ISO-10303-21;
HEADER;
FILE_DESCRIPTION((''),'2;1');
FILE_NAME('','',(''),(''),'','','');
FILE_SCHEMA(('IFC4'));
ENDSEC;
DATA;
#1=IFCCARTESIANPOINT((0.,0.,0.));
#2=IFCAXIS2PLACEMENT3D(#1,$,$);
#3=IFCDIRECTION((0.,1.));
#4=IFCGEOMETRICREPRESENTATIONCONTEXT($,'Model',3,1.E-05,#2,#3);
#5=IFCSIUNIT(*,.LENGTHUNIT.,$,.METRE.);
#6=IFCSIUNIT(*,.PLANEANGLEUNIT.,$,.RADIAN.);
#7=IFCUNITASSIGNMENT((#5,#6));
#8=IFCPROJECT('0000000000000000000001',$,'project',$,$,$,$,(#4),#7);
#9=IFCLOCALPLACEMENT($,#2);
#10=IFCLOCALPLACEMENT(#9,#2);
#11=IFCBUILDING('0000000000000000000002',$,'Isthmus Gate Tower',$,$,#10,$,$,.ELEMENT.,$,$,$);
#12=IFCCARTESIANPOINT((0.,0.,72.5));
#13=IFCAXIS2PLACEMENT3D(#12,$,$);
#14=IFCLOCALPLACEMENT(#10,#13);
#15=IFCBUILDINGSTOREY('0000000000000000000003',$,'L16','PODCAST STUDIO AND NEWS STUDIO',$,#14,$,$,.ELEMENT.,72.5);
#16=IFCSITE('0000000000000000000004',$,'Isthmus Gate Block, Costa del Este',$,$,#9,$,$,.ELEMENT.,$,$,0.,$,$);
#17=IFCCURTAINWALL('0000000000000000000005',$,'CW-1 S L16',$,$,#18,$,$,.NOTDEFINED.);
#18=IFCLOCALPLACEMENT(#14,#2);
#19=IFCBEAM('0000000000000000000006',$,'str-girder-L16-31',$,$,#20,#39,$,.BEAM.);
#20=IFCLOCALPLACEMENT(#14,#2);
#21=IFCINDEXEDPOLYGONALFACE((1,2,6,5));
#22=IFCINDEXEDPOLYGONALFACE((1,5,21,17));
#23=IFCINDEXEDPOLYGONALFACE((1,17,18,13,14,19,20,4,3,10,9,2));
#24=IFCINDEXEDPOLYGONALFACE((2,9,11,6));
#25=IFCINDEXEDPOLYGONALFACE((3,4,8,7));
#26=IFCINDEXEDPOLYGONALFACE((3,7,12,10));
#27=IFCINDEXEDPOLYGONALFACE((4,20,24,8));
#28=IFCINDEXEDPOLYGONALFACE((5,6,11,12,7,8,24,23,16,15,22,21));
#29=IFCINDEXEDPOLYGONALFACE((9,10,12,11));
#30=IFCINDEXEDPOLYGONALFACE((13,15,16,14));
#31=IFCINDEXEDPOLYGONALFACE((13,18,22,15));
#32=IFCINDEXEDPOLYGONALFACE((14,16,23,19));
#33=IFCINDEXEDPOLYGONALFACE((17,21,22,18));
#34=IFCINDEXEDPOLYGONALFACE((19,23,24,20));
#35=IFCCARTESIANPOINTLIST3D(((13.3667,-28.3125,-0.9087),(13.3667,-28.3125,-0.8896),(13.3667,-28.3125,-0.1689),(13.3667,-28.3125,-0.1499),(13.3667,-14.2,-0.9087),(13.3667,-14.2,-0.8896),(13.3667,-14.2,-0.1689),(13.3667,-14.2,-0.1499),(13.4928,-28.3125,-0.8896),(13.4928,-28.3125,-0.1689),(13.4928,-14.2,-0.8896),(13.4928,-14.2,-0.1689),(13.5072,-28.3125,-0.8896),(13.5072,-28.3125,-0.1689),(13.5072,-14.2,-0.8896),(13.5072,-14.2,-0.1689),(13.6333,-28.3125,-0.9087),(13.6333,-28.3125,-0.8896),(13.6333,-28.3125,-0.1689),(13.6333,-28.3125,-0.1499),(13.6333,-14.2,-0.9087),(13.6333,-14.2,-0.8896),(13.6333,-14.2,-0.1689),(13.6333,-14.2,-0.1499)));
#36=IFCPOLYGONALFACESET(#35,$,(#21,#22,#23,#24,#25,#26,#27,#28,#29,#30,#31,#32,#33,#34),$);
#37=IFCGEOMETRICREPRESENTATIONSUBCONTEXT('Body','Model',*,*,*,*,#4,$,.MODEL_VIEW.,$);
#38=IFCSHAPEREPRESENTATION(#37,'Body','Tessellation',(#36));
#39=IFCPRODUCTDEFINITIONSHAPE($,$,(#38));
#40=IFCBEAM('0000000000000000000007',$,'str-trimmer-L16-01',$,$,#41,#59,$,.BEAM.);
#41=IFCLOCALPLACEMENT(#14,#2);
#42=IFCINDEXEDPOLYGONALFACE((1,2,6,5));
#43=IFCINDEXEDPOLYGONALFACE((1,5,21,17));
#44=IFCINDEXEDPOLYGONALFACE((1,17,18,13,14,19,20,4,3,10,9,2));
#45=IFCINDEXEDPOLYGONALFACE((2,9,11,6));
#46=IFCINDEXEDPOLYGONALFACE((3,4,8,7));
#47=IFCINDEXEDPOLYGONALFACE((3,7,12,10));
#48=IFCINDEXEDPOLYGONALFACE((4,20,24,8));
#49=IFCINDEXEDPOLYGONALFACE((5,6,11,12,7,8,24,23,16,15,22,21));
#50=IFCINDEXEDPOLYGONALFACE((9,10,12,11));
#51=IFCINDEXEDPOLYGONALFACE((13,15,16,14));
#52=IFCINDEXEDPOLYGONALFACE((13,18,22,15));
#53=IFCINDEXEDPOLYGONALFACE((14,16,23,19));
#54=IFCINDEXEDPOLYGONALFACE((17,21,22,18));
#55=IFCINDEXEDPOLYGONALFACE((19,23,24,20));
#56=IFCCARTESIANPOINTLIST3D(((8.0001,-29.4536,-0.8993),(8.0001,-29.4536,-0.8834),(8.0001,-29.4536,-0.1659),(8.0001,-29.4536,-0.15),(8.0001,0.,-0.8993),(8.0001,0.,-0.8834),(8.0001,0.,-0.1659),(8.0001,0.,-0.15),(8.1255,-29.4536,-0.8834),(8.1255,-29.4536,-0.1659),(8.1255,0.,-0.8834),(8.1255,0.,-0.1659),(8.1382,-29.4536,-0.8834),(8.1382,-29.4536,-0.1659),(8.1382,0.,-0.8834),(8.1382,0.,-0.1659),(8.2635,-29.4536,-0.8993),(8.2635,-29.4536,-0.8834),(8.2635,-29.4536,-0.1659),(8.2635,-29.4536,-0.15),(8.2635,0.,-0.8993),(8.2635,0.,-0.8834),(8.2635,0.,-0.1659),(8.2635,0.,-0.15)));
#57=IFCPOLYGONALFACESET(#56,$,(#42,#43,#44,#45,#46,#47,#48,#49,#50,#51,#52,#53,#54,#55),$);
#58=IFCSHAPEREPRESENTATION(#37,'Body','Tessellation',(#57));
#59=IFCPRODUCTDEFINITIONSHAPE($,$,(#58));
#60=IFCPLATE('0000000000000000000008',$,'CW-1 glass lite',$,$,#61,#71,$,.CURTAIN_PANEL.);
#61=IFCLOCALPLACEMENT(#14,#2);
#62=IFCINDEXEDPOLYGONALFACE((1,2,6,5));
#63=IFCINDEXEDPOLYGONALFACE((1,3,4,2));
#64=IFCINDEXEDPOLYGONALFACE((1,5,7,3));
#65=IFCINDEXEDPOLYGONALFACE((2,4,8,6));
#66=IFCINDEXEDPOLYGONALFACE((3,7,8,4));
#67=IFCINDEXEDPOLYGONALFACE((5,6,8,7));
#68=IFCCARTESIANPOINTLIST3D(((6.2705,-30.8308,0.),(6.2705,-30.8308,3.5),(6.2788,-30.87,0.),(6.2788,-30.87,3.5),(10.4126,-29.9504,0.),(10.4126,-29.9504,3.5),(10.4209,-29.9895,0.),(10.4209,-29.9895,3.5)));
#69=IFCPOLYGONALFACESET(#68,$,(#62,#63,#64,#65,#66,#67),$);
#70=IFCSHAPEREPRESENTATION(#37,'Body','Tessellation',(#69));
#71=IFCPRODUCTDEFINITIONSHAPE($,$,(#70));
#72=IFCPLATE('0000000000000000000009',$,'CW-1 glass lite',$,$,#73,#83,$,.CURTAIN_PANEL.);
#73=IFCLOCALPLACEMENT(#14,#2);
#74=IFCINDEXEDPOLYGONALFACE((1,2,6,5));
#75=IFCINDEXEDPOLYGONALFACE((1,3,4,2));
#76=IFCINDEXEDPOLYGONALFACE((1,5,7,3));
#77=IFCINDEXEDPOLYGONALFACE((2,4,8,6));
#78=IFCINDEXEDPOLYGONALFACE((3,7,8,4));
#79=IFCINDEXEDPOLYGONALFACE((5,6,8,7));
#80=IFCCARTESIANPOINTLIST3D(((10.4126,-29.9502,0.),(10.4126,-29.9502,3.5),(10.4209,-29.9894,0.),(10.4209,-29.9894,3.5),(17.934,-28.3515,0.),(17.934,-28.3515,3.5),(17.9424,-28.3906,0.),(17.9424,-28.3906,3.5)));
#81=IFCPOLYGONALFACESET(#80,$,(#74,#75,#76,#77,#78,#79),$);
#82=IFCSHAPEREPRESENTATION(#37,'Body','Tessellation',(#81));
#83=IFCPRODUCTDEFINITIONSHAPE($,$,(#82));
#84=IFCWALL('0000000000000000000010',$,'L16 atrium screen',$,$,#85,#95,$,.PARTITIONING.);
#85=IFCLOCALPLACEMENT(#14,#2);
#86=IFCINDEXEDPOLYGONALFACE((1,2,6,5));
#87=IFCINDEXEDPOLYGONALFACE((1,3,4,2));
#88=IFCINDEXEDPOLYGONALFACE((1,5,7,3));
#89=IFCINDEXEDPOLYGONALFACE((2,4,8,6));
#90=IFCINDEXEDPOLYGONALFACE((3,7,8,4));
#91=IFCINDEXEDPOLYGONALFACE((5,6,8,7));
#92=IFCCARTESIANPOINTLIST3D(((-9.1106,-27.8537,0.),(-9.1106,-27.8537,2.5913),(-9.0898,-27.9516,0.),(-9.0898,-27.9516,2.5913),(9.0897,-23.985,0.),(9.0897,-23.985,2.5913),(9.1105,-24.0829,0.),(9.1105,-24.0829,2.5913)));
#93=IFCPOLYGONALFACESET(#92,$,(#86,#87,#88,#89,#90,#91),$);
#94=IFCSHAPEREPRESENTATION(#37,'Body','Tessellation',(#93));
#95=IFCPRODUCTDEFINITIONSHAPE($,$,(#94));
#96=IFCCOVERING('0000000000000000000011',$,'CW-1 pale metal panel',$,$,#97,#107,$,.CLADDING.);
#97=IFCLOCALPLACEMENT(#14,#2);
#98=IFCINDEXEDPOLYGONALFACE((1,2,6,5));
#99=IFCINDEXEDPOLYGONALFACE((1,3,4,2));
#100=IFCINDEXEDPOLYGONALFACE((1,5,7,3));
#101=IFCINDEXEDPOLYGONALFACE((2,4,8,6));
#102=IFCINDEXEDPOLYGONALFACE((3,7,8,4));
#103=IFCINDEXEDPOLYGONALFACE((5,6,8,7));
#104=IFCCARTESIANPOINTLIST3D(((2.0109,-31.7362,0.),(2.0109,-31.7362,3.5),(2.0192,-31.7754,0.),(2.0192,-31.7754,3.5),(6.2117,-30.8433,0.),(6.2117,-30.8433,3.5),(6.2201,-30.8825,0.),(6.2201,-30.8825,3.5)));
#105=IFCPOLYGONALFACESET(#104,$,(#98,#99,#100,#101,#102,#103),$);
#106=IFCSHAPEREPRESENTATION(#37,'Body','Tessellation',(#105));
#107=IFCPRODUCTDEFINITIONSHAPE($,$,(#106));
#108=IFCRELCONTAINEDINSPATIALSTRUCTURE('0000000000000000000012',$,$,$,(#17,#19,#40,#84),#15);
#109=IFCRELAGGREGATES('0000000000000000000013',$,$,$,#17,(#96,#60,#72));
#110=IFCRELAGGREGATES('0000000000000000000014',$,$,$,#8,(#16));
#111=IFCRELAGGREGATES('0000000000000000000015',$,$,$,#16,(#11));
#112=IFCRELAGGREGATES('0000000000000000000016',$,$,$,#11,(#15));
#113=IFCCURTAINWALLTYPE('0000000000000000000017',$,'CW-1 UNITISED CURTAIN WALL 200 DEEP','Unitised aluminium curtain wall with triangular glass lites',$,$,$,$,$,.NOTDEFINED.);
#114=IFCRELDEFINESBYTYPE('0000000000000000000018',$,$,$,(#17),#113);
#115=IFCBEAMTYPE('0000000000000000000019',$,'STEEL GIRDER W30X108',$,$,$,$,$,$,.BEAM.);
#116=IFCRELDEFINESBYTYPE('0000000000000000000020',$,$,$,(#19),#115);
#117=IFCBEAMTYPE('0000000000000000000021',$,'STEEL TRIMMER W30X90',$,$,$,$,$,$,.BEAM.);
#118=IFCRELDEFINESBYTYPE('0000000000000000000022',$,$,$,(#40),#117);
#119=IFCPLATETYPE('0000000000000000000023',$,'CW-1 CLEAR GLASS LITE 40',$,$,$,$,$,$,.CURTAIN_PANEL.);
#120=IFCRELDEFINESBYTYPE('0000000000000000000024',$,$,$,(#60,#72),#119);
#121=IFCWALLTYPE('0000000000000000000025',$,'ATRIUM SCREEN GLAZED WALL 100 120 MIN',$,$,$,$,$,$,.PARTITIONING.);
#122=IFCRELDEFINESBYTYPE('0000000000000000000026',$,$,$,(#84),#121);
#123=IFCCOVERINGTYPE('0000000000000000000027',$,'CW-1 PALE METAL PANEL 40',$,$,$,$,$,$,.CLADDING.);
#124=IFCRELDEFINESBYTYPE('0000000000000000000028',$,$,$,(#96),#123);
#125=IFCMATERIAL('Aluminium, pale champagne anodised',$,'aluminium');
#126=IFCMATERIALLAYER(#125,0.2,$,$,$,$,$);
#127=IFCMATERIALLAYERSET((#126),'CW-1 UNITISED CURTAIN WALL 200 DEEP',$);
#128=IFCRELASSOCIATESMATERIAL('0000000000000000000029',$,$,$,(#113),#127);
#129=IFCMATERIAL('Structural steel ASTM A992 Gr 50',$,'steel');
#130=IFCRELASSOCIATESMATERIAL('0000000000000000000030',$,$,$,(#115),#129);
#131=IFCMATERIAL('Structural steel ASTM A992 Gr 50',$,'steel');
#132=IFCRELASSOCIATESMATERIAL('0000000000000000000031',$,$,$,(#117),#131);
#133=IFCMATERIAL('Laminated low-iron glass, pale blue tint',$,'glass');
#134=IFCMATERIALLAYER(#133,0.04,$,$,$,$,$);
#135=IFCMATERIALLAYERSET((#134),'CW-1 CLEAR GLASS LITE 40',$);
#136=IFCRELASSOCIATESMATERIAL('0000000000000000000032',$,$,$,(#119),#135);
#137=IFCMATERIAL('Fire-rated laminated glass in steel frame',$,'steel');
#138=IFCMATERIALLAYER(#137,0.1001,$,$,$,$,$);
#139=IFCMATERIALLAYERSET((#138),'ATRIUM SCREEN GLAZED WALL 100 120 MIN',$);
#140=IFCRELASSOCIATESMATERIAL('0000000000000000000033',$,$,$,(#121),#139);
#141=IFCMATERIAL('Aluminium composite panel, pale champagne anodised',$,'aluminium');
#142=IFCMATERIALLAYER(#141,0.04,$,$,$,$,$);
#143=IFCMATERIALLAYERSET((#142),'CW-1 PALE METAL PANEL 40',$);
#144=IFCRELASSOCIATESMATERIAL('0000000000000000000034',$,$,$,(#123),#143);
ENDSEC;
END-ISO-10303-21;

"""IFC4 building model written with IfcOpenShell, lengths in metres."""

from ifc_helpers import new_model, si_unit, direction, frame, frame_2d, origin, origin_2d, place, context, subcontext, project, spatial, rectangle, i_section, extrude, material, layer, layer_set, material_profile, profile_set, type_object, element, aggregate, save


model = new_model("IFC4")

# Units and contexts
model_context = context("Model", 3, precision=1e-05, world=origin(), true_north=direction((0.0, 1.0)))
body_context = subcontext(model_context, "Body", "Model", "MODEL_VIEW")
ifc_project = project(units=[si_unit("LENGTHUNIT", "METRE"), si_unit("PLANEANGLEUNIT", "RADIAN")], contexts=[model_context])

# Site, building, storey
site_placement = place(None, origin())
site = spatial("IfcSite", under=ifc_project, at=site_placement, Name="Isthmus Gate Block, Costa del Este", CompositionType="ELEMENT", RefElevation=0.0)
building_placement = place(site_placement, origin())
building = spatial("IfcBuilding", under=site, at=building_placement, Name="Isthmus Gate Tower", CompositionType="ELEMENT")
storey_placement = place(building_placement, frame((0.0, 0.0, 72.5)))
storey = spatial("IfcBuildingStorey", under=building, at=storey_placement, Name="L16", Description="PODCAST STUDIO AND NEWS STUDIO", CompositionType="ELEMENT", Elevation=72.5)

# Curtain wall
ifc_material_1 = material(Name="Aluminium, pale champagne anodised", Category="aluminium")
ifc_layer_1 = layer(ifc_material_1, 0.2)
ifc_layer_set_1 = layer_set([ifc_layer_1], Name="CW-1 UNITISED CURTAIN WALL 200 DEEP")
curtain_wall_type = type_object("IfcCurtainWallType", Name="CW-1 UNITISED CURTAIN WALL 200 DEEP", Description="Unitised aluminium curtain wall with triangular glass lites", PredefinedType="NOTDEFINED", material=ifc_layer_set_1)
curtain_wall_placement = place(storey_placement, origin())
curtain_wall = element("IfcCurtainWall", 1, at=curtain_wall_placement, inside=storey, type_object=curtain_wall_type, Name="CW-1 S L16", PredefinedType="NOTDEFINED")

# Beams
ifc_material_2 = material(Name="Structural steel ASTM A992 Gr 50", Category="steel")
ifc_material_profile_1 = material_profile(ifc_material_2, i_section(OverallWidth=0.2666, OverallDepth=0.7588, WebThickness=0.0144, FlangeThickness=0.019, at=origin_2d()), Name="W30X108")
ifc_profile_set_1 = profile_set([ifc_material_profile_1], Name="Structural steel ASTM A992 Gr 50")
beam_type_1 = type_object("IfcBeamType", Name="STEEL GIRDER W30X108", PredefinedType="BEAM", material=ifc_profile_set_1)
beam_1_placement = place(storey_placement, frame((13.5, -28.3125, -0.5293), z_axis=(0.0, 1.0, 0.0), x_axis=(-1.0, 0.0, 0.0)))
element("IfcBeam", 2, at=beam_1_placement, inside=storey, type_object=beam_type_1, Name="str-girder-L16-31", PredefinedType="BEAM", context=body_context, shape_type="SweptSolid", body=[
    extrude(i_section(OverallWidth=0.2666, OverallDepth=0.7588, WebThickness=0.0144, FlangeThickness=0.019, at=origin_2d()), origin(), (0.0, 0.0, 1.0), 14.1125),
])
ifc_material_3 = material(Name="Structural steel ASTM A992 Gr 50", Category="steel")
ifc_material_profile_2 = material_profile(ifc_material_3, i_section(OverallWidth=0.2634, OverallDepth=0.7493, WebThickness=0.0127, FlangeThickness=0.0159, at=origin_2d()), Name="W30X90")
ifc_profile_set_2 = profile_set([ifc_material_profile_2], Name="Structural steel ASTM A992 Gr 50")
beam_type_2 = type_object("IfcBeamType", Name="STEEL TRIMMER W30X90", PredefinedType="BEAM", material=ifc_profile_set_2)
beam_2_placement = place(storey_placement, frame((8.1318, -29.4536, -0.5247), z_axis=(0.0, 1.0, 0.0), x_axis=(-1.0, 0.0, 0.0)))
element("IfcBeam", 3, at=beam_2_placement, inside=storey, type_object=beam_type_2, Name="str-trimmer-L16-01", PredefinedType="BEAM", context=body_context, shape_type="SweptSolid", body=[
    extrude(i_section(OverallWidth=0.2634, OverallDepth=0.7493, WebThickness=0.0127, FlangeThickness=0.0159, at=origin_2d()), origin(), (0.0, 0.0, 1.0), 29.4536),
])

# Plates
ifc_material_4 = material(Name="Laminated low-iron glass, pale blue tint", Category="glass")
ifc_layer_2 = layer(ifc_material_4, 0.04)
ifc_layer_set_2 = layer_set([ifc_layer_2], Name="CW-1 CLEAR GLASS LITE 40")
plate_type = type_object("IfcPlateType", Name="CW-1 CLEAR GLASS LITE 40", PredefinedType="CURTAIN_PANEL", material=ifc_layer_set_2)
plate_1_placement = place(storey_placement, frame((8.3457, -30.4102, 0.0), z_axis=(0.0, 0.0, 1.0), x_axis=(0.978148, 0.207912, 0.0)))
plate_1 = element("IfcPlate", 4, at=plate_1_placement, type_object=plate_type, Name="CW-1 glass lite", PredefinedType="CURTAIN_PANEL", context=body_context, shape_type="SweptSolid", body=[
    extrude(rectangle(XDim=4.2346, YDim=0.04, at=origin_2d()), origin(), (0.0, 0.0, 1.0), 3.5),
])
plate_2_placement = place(storey_placement, frame((14.1775, -29.1704, 0.0), z_axis=(0.0, 0.0, 1.0), x_axis=(0.978148, 0.207912, 0.0)))
plate_2 = element("IfcPlate", 5, at=plate_2_placement, type_object=plate_type, Name="CW-1 glass lite", PredefinedType="CURTAIN_PANEL", context=body_context, shape_type="SweptSolid", body=[
    extrude(rectangle(XDim=7.6895, YDim=0.04, at=origin_2d()), origin(), (0.0, 0.0, 1.0), 3.5),
])

# Wall
ifc_material_5 = material(Name="Fire-rated laminated glass in steel frame", Category="steel")
ifc_layer_3 = layer(ifc_material_5, 0.1001)
ifc_layer_set_3 = layer_set([ifc_layer_3], Name="ATRIUM SCREEN GLAZED WALL 100 120 MIN")
wall_type = type_object("IfcWallType", Name="ATRIUM SCREEN GLAZED WALL 100 120 MIN", PredefinedType="PARTITIONING", material=ifc_layer_set_3)
wall_placement = place(storey_placement, frame((9.1001, -24.0339, 0.0), z_axis=(0.0, 0.0, 1.0), x_axis=(-0.978147, -0.207916, 0.0)))
element("IfcWall", 6, at=wall_placement, inside=storey, type_object=wall_type, Name="L16 atrium screen", PredefinedType="PARTITIONING", context=body_context, shape_type="SweptSolid", body=[
    extrude(rectangle(XDim=18.6069, YDim=0.1001, at=frame_2d((9.3035, 0.0))), origin(), (0.0, 0.0, 1.0), 2.5913),
])

# Covering
ifc_material_6 = material(Name="Aluminium composite panel, pale champagne anodised", Category="aluminium")
ifc_layer_4 = layer(ifc_material_6, 0.04)
ifc_layer_set_4 = layer_set([ifc_layer_4], Name="CW-1 PALE METAL PANEL 40")
covering_type = type_object("IfcCoveringType", Name="CW-1 PALE METAL PANEL 40", PredefinedType="CLADDING", material=ifc_layer_set_4)
covering_placement = place(storey_placement, frame((4.1155, -31.3093, 0.0), z_axis=(0.0, 0.0, 1.0), x_axis=(0.978148, 0.207912, 0.0)))
covering = element("IfcCovering", 7, at=covering_placement, type_object=covering_type, Name="CW-1 pale metal panel", PredefinedType="CLADDING", context=body_context, shape_type="SweptSolid", body=[
    extrude(rectangle(XDim=4.2947, YDim=0.04, at=origin_2d()), origin(), (0.0, 0.0, 1.0), 3.5),
])
aggregate(curtain_wall, [covering, plate_1, plate_2])

save(model, "model.ifc")
